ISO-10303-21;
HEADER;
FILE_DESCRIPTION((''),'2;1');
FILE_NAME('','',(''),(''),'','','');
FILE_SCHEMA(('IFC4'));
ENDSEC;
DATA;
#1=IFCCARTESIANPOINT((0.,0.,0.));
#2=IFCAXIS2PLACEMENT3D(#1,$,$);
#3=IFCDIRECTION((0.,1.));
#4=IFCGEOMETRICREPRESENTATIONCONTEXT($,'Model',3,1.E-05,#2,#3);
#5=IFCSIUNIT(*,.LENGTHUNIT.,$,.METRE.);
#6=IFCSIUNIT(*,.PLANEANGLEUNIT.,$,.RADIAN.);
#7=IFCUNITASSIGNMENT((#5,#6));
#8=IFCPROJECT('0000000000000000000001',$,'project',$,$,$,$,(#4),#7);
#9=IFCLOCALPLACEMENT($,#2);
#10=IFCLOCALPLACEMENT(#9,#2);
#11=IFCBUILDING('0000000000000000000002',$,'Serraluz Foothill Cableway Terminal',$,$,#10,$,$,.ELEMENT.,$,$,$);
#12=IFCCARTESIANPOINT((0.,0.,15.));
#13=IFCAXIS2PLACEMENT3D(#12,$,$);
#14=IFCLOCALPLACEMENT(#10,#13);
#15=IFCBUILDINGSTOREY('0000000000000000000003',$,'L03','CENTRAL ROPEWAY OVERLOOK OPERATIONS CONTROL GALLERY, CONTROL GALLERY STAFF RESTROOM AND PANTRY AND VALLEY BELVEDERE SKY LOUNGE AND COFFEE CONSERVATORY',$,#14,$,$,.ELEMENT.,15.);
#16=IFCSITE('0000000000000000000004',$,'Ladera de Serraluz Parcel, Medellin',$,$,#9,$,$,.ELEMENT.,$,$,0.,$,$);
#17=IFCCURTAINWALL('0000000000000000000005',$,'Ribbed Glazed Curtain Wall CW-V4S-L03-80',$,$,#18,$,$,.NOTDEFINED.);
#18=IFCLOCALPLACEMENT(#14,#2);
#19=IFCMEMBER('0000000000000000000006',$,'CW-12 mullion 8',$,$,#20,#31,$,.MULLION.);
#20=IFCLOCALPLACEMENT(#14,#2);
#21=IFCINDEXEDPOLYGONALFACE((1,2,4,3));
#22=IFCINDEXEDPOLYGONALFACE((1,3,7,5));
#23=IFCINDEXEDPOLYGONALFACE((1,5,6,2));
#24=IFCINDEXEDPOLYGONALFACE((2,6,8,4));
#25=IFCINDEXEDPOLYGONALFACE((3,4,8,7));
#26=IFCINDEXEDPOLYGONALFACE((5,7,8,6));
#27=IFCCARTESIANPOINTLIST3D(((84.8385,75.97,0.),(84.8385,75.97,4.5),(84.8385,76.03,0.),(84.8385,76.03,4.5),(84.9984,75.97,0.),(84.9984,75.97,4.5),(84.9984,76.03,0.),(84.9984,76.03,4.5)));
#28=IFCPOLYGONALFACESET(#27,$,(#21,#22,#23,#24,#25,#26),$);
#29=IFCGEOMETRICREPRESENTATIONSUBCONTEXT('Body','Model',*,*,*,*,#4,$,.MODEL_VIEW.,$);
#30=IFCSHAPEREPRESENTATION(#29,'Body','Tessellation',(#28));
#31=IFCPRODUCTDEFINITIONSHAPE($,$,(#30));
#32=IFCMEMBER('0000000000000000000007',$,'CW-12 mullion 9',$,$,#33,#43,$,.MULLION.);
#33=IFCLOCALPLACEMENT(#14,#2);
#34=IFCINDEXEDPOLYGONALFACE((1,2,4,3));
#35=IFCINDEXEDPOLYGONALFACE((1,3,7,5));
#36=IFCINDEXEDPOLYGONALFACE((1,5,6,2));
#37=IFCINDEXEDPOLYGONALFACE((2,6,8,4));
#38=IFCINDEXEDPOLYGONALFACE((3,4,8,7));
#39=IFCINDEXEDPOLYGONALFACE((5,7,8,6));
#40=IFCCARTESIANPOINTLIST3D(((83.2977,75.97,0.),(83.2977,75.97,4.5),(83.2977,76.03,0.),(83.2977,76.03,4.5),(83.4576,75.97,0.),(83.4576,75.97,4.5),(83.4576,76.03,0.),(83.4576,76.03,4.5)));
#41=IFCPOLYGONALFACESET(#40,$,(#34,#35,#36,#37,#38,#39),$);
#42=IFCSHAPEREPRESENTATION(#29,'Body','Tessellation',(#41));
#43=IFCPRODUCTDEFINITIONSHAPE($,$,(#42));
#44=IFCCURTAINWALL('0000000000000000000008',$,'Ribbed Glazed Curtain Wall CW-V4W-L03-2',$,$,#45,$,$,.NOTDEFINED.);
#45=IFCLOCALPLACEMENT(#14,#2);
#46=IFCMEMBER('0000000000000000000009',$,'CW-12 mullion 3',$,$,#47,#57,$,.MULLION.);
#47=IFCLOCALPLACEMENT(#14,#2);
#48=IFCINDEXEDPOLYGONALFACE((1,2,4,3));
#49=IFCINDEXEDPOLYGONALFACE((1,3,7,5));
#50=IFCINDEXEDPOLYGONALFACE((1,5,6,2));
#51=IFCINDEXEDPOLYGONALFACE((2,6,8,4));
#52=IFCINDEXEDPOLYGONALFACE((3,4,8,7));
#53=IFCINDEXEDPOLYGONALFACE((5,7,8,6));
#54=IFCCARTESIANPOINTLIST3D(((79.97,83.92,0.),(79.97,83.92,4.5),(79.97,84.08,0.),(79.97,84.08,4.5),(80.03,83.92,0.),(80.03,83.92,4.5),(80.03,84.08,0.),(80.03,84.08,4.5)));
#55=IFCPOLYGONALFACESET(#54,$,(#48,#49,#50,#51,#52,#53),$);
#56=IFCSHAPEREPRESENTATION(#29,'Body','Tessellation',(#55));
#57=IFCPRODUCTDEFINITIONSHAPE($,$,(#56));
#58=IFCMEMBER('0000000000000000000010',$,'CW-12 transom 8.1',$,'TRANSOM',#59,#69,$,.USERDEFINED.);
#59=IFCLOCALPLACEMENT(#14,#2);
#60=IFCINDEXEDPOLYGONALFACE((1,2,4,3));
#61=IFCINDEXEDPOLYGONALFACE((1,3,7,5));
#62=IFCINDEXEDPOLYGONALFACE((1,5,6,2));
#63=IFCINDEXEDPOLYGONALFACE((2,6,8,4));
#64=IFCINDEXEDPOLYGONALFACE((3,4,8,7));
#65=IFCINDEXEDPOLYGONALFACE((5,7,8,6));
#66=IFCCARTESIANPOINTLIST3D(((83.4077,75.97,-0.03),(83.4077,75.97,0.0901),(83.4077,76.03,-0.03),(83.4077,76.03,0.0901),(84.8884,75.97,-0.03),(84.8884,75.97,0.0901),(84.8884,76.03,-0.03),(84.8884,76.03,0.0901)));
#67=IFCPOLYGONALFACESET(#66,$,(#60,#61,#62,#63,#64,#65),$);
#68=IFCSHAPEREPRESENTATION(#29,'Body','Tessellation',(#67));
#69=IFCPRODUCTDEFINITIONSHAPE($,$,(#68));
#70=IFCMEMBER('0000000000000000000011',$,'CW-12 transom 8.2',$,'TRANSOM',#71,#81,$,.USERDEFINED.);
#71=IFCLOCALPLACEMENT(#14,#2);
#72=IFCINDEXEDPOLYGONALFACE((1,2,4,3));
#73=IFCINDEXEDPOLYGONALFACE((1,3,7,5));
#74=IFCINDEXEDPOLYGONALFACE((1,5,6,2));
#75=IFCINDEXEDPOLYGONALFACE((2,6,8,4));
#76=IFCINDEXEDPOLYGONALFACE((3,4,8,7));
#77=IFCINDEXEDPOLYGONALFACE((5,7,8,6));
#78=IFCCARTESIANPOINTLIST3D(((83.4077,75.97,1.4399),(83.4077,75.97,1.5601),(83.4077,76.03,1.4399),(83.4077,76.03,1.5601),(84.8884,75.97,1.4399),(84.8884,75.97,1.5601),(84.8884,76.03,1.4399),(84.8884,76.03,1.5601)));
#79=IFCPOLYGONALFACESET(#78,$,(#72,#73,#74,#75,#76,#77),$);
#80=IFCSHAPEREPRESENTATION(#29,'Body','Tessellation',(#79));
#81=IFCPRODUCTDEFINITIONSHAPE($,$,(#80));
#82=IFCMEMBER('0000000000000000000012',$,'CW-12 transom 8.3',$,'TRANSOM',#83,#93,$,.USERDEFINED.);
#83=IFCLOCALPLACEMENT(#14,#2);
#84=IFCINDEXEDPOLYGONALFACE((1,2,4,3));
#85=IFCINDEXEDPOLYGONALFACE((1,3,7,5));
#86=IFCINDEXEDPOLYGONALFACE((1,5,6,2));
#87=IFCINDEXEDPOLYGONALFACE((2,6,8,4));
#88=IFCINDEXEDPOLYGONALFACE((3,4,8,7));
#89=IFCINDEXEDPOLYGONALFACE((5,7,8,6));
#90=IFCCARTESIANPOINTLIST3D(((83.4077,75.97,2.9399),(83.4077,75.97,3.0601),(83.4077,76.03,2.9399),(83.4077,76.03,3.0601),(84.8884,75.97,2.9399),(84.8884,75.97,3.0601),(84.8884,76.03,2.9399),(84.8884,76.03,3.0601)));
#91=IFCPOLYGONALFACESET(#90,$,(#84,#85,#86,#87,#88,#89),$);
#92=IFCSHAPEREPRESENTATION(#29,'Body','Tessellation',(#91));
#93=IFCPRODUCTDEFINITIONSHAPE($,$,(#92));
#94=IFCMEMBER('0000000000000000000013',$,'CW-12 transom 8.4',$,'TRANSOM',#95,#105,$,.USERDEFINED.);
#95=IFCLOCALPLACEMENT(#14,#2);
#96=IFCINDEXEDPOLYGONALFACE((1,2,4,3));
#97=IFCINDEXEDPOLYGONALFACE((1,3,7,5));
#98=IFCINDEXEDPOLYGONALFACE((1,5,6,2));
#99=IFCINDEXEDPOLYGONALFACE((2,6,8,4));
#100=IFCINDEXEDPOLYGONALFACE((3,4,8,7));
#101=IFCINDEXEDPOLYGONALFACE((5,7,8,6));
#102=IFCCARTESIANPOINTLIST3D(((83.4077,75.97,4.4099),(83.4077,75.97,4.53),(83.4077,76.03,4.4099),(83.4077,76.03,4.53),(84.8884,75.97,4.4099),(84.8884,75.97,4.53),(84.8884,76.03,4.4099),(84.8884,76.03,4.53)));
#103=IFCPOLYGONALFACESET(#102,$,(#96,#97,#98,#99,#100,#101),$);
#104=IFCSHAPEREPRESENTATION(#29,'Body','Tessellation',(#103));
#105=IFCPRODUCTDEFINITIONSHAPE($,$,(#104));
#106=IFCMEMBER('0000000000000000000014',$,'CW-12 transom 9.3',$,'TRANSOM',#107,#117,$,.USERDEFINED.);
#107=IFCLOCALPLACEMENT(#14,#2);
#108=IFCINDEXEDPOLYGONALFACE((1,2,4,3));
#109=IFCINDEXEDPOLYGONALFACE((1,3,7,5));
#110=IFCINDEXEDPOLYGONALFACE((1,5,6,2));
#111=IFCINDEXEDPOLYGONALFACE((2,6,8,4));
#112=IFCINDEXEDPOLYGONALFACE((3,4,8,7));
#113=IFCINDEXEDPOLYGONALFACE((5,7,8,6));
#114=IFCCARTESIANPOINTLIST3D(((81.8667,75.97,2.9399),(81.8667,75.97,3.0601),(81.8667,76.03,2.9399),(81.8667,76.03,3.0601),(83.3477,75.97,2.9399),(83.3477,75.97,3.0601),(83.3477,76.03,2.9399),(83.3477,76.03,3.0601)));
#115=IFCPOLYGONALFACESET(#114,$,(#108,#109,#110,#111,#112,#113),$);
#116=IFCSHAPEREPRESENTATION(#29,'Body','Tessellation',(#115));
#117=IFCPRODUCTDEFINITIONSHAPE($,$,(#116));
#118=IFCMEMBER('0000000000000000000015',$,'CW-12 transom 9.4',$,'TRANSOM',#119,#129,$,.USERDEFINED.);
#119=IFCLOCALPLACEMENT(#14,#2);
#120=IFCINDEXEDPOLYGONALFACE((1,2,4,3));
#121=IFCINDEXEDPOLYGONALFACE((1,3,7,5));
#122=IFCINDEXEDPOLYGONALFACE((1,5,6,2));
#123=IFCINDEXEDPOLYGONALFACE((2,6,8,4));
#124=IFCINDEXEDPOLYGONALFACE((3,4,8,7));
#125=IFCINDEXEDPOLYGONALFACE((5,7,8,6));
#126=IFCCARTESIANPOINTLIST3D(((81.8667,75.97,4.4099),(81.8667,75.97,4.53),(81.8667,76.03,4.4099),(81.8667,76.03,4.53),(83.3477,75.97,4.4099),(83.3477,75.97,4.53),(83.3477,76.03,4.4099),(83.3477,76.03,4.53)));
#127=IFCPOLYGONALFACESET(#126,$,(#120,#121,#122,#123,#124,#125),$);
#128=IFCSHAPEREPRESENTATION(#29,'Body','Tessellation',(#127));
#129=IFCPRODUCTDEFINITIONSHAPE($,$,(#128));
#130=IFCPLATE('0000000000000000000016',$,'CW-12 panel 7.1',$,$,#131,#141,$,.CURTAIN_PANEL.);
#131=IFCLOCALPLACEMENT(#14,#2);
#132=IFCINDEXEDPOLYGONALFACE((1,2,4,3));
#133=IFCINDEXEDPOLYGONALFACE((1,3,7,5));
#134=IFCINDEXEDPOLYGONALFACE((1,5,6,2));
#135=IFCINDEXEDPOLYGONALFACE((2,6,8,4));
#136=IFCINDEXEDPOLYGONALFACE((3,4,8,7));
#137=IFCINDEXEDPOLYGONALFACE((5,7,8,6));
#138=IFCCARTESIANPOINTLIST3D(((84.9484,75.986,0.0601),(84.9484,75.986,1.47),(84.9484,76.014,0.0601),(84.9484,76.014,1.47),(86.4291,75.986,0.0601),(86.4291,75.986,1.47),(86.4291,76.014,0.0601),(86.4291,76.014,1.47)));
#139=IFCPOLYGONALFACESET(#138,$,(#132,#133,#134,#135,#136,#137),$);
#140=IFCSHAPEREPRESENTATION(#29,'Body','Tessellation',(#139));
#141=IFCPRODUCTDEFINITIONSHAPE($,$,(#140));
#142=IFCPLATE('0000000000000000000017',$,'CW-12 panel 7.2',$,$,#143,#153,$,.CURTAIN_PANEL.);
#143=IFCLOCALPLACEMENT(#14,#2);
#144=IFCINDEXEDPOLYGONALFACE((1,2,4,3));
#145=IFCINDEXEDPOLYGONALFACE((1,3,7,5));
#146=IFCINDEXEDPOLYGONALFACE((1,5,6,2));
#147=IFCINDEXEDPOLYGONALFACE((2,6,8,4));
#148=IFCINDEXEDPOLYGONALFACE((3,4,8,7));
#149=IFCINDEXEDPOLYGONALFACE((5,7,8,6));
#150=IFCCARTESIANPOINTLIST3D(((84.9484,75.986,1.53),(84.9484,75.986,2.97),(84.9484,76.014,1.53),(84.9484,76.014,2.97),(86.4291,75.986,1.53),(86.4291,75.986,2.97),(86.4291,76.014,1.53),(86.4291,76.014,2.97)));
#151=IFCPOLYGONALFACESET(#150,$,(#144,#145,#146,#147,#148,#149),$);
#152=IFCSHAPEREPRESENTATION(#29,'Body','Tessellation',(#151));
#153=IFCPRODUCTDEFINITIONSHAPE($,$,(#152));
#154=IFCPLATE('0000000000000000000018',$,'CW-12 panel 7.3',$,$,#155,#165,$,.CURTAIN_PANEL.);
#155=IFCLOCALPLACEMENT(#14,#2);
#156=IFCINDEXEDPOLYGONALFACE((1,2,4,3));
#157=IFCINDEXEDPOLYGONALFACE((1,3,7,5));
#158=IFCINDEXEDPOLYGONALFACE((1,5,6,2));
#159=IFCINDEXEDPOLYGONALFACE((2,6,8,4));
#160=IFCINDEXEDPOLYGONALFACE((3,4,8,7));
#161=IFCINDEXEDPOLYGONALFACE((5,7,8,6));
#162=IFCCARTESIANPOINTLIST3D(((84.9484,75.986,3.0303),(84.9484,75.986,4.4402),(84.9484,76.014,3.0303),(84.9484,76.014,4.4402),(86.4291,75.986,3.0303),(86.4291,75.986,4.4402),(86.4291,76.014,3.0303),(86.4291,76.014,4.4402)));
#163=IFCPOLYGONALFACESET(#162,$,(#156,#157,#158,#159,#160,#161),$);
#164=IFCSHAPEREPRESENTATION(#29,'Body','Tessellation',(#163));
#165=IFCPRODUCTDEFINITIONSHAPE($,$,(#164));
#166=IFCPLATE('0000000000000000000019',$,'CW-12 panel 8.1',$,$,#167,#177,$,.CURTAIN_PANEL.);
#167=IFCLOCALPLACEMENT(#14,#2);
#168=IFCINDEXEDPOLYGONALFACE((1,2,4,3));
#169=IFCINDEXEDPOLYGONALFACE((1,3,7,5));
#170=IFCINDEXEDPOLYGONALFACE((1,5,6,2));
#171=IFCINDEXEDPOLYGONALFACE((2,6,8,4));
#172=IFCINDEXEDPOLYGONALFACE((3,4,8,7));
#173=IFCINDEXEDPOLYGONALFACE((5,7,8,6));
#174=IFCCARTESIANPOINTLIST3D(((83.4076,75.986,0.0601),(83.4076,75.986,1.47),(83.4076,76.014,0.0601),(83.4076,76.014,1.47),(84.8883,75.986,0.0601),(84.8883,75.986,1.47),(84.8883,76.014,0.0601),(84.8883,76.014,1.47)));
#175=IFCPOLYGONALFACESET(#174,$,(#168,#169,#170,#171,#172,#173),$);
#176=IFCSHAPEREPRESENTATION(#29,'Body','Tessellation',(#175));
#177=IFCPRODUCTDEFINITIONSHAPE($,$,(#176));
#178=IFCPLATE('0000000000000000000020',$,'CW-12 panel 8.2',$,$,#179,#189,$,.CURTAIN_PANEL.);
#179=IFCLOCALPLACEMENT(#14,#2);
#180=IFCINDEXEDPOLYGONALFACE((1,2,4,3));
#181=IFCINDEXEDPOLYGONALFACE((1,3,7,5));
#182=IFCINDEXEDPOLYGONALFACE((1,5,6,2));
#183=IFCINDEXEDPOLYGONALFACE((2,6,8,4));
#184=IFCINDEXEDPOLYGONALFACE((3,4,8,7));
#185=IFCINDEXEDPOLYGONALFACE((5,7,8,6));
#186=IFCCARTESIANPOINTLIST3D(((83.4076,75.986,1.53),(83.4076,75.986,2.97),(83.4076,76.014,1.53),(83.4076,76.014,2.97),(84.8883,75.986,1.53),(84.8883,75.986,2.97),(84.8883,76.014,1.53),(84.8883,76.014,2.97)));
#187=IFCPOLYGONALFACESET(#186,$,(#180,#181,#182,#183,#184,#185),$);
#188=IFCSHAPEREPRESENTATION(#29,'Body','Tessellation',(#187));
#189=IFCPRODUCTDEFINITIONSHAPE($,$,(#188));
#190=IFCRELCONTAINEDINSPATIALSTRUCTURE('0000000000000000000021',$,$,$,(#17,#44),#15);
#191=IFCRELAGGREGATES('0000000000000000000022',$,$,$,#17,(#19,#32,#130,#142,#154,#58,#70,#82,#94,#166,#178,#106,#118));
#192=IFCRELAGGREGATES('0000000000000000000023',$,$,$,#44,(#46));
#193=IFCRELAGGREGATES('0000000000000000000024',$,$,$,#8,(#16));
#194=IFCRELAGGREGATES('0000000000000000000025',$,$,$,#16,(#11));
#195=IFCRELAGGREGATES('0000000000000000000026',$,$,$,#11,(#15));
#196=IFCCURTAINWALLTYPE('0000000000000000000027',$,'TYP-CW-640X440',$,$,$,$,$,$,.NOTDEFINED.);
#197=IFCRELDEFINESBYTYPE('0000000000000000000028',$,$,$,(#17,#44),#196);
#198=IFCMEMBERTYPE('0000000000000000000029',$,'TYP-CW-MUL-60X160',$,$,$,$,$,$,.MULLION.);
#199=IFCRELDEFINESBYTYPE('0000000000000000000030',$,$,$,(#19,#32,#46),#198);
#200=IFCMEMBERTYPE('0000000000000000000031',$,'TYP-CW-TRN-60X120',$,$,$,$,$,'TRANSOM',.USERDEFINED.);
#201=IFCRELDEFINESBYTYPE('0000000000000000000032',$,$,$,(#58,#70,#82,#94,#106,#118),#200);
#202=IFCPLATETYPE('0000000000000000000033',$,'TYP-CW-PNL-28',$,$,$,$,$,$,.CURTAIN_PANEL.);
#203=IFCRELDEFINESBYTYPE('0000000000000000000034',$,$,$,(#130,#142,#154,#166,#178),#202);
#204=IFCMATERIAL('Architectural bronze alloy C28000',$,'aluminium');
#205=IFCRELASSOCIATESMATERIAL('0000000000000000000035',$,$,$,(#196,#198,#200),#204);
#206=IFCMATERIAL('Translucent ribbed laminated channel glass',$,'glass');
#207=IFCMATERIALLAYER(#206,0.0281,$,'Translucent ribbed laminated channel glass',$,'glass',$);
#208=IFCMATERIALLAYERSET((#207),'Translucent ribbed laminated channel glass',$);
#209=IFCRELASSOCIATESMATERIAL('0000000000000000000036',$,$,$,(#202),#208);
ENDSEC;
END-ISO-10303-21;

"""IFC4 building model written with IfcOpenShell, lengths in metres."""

from ifc_helpers import new_model, si_unit, direction, frame, origin, origin_2d, place, context, subcontext, project, spatial, rectangle, extrude, material, layer, layer_set, material_profile, profile_set, type_object, element, aggregate, save


model = new_model("IFC4")

# Units and contexts
model_context = context("Model", 3, precision=1e-05, world=origin(), true_north=direction((0.0, 1.0)))
body_context = subcontext(model_context, "Body", "Model", "MODEL_VIEW")
ifc_project = project(units=[si_unit("LENGTHUNIT", "METRE"), si_unit("PLANEANGLEUNIT", "RADIAN")], contexts=[model_context])

# Site, building, storey
site_placement = place(None, origin())
site = spatial("IfcSite", under=ifc_project, at=site_placement, Name="Ladera de Serraluz Parcel, Medellin", CompositionType="ELEMENT", RefElevation=0.0)
building_placement = place(site_placement, origin())
building = spatial("IfcBuilding", under=site, at=building_placement, Name="Serraluz Foothill Cableway Terminal", CompositionType="ELEMENT")
storey_placement = place(building_placement, frame((0.0, 0.0, 15.0)))
storey = spatial("IfcBuildingStorey", under=building, at=storey_placement, Name="L03", Description="CENTRAL ROPEWAY OVERLOOK OPERATIONS CONTROL GALLERY, CONTROL GALLERY STAFF RESTROOM AND PANTRY AND VALLEY BELVEDERE SKY LOUNGE AND COFFEE CONSERVATORY", CompositionType="ELEMENT", Elevation=15.0)

# Curtain wall, members
ifc_material_1 = material(Name="Architectural bronze alloy C28000", Category="aluminium")
curtain_wall_type = type_object("IfcCurtainWallType", Name="TYP-CW-640X440", PredefinedType="NOTDEFINED", material=ifc_material_1)
curtain_wall_1_placement = place(storey_placement, origin())
curtain_wall_1 = element("IfcCurtainWall", 1, at=curtain_wall_1_placement, inside=storey, type_object=curtain_wall_type, Name="Ribbed Glazed Curtain Wall CW-V4S-L03-80", PredefinedType="NOTDEFINED")
ifc_material_profile_1 = material_profile(ifc_material_1, rectangle(XDim=0.0601, YDim=0.1599, at=origin_2d()), Name="ALU MULLION 60x160")
ifc_profile_set_1 = profile_set([ifc_material_profile_1], Name="Architectural bronze alloy C28000")
member_type_1 = type_object("IfcMemberType", Name="TYP-CW-MUL-60X160", PredefinedType="MULLION", material=ifc_profile_set_1)
member_1_placement = place(storey_placement, frame((84.9185, 76.0, 0.0), z_axis=(0.0, 0.0, 1.0), x_axis=(0.0, -1.0, 0.0)))
member_1 = element("IfcMember", 2, at=member_1_placement, type_object=member_type_1, Name="CW-12 mullion 8", PredefinedType="MULLION", context=body_context, shape_type="SweptSolid", body=[
    extrude(rectangle(XDim=0.0601, YDim=0.1599, at=origin_2d()), origin(), (0.0, 0.0, 1.0), 4.5),
])
member_2_placement = place(storey_placement, frame((83.3777, 76.0, 0.0), z_axis=(0.0, 0.0, 1.0), x_axis=(0.0, -1.0, 0.0)))
member_2 = element("IfcMember", 3, at=member_2_placement, type_object=member_type_1, Name="CW-12 mullion 9", PredefinedType="MULLION", context=body_context, shape_type="SweptSolid", body=[
    extrude(rectangle(XDim=0.0601, YDim=0.1599, at=origin_2d()), origin(), (0.0, 0.0, 1.0), 4.5),
])

# Curtain wall, member
curtain_wall_2_placement = place(storey_placement, origin())
curtain_wall_2 = element("IfcCurtainWall", 4, at=curtain_wall_2_placement, inside=storey, type_object=curtain_wall_type, Name="Ribbed Glazed Curtain Wall CW-V4W-L03-2", PredefinedType="NOTDEFINED")
member_3_placement = place(storey_placement, frame((80.0, 84.0, 0.0), z_axis=(0.0, 0.0, 1.0), x_axis=(-1.0, 0.0, 0.0)))
member_3 = element("IfcMember", 5, at=member_3_placement, type_object=member_type_1, Name="CW-12 mullion 3", PredefinedType="MULLION", context=body_context, shape_type="SweptSolid", body=[
    extrude(rectangle(XDim=0.0601, YDim=0.1599, at=origin_2d()), origin(), (0.0, 0.0, 1.0), 4.5),
])

# Members
ifc_material_profile_2 = material_profile(ifc_material_1, rectangle(XDim=0.0601, YDim=0.1201, at=origin_2d()), Name="ALU TRANSOM 60x120")
ifc_profile_set_2 = profile_set([ifc_material_profile_2], Name="Architectural bronze alloy C28000")
member_type_2 = type_object("IfcMemberType", Name="TYP-CW-TRN-60X120", ElementType="TRANSOM", PredefinedType="USERDEFINED", material=ifc_profile_set_2)
member_4_placement = place(storey_placement, frame((84.8884, 76.0, 0.03), z_axis=(-1.0, 0.0, 0.0), x_axis=(0.0, -1.0, 0.0)))
member_4 = element("IfcMember", 6, at=member_4_placement, type_object=member_type_2, Name="CW-12 transom 8.1", ObjectType="TRANSOM", PredefinedType="USERDEFINED", context=body_context, shape_type="SweptSolid", body=[
    extrude(rectangle(XDim=0.0601, YDim=0.1201, at=origin_2d()), origin(), (0.0, 0.0, 1.0), 1.4807),
])
member_5_placement = place(storey_placement, frame((84.8884, 76.0, 1.5), z_axis=(-1.0, 0.0, 0.0), x_axis=(0.0, -1.0, 0.0)))
member_5 = element("IfcMember", 7, at=member_5_placement, type_object=member_type_2, Name="CW-12 transom 8.2", ObjectType="TRANSOM", PredefinedType="USERDEFINED", context=body_context, shape_type="SweptSolid", body=[
    extrude(rectangle(XDim=0.0601, YDim=0.1201, at=origin_2d()), origin(), (0.0, 0.0, 1.0), 1.4807),
])
member_6_placement = place(storey_placement, frame((84.8884, 76.0, 3.0), z_axis=(-1.0, 0.0, 0.0), x_axis=(0.0, -1.0, 0.0)))
member_6 = element("IfcMember", 8, at=member_6_placement, type_object=member_type_2, Name="CW-12 transom 8.3", ObjectType="TRANSOM", PredefinedType="USERDEFINED", context=body_context, shape_type="SweptSolid", body=[
    extrude(rectangle(XDim=0.0601, YDim=0.1201, at=origin_2d()), origin(), (0.0, 0.0, 1.0), 1.4807),
])
member_7_placement = place(storey_placement, frame((84.8884, 76.0, 4.47), z_axis=(-1.0, 0.0, 0.0), x_axis=(0.0, -1.0, 0.0)))
member_7 = element("IfcMember", 9, at=member_7_placement, type_object=member_type_2, Name="CW-12 transom 8.4", ObjectType="TRANSOM", PredefinedType="USERDEFINED", context=body_context, shape_type="SweptSolid", body=[
    extrude(rectangle(XDim=0.0601, YDim=0.1201, at=origin_2d()), origin(), (0.0, 0.0, 1.0), 1.4807),
])
member_8_placement = place(storey_placement, frame((83.3477, 76.0, 3.0), z_axis=(-1.0, 0.0, 0.0), x_axis=(0.0, -1.0, 0.0)))
member_8 = element("IfcMember", 10, at=member_8_placement, type_object=member_type_2, Name="CW-12 transom 9.3", ObjectType="TRANSOM", PredefinedType="USERDEFINED", context=body_context, shape_type="SweptSolid", body=[
    extrude(rectangle(XDim=0.0601, YDim=0.1201, at=origin_2d()), origin(), (0.0, 0.0, 1.0), 1.481),
])
member_9_placement = place(storey_placement, frame((83.3477, 76.0, 4.47), z_axis=(-1.0, 0.0, 0.0), x_axis=(0.0, -1.0, 0.0)))
member_9 = element("IfcMember", 11, at=member_9_placement, type_object=member_type_2, Name="CW-12 transom 9.4", ObjectType="TRANSOM", PredefinedType="USERDEFINED", context=body_context, shape_type="SweptSolid", body=[
    extrude(rectangle(XDim=0.0601, YDim=0.1201, at=origin_2d()), origin(), (0.0, 0.0, 1.0), 1.481),
])

# Plates
ifc_material_2 = material(Name="Translucent ribbed laminated channel glass", Category="glass")
ifc_layer_1 = layer(ifc_material_2, 0.0281, Name="Translucent ribbed laminated channel glass", Category="glass")
ifc_layer_set_1 = layer_set([ifc_layer_1], Name="Translucent ribbed laminated channel glass")
plate_type = type_object("IfcPlateType", Name="TYP-CW-PNL-28", PredefinedType="CURTAIN_PANEL", material=ifc_layer_set_1)
plate_1_placement = place(storey_placement, frame((85.6887, 76.0, 0.0601), z_axis=(0.0, 0.0, 1.0), x_axis=(-1.0, 0.0, 0.0)))
plate_1 = element("IfcPlate", 12, at=plate_1_placement, type_object=plate_type, Name="CW-12 panel 7.1", PredefinedType="CURTAIN_PANEL", context=body_context, shape_type="SweptSolid", body=[
    extrude(rectangle(XDim=1.4807, YDim=0.0281, at=origin_2d()), origin(), (0.0, 0.0, 1.0), 1.4099),
])
plate_2_placement = place(storey_placement, frame((85.6887, 76.0, 1.53), z_axis=(0.0, 0.0, 1.0), x_axis=(-1.0, 0.0, 0.0)))
plate_2 = element("IfcPlate", 13, at=plate_2_placement, type_object=plate_type, Name="CW-12 panel 7.2", PredefinedType="CURTAIN_PANEL", context=body_context, shape_type="SweptSolid", body=[
    extrude(rectangle(XDim=1.4807, YDim=0.0281, at=origin_2d()), origin(), (0.0, 0.0, 1.0), 1.4399),
])
plate_3_placement = place(storey_placement, frame((85.6887, 76.0, 3.0303), z_axis=(0.0, 0.0, 1.0), x_axis=(-1.0, 0.0, 0.0)))
plate_3 = element("IfcPlate", 14, at=plate_3_placement, type_object=plate_type, Name="CW-12 panel 7.3", PredefinedType="CURTAIN_PANEL", context=body_context, shape_type="SweptSolid", body=[
    extrude(rectangle(XDim=1.4807, YDim=0.0281, at=origin_2d()), origin(), (0.0, 0.0, 1.0), 1.4099),
])
plate_4_placement = place(storey_placement, frame((84.1479, 76.0, 0.0601), z_axis=(0.0, 0.0, 1.0), x_axis=(-1.0, 0.0, 0.0)))
plate_4 = element("IfcPlate", 15, at=plate_4_placement, type_object=plate_type, Name="CW-12 panel 8.1", PredefinedType="CURTAIN_PANEL", context=body_context, shape_type="SweptSolid", body=[
    extrude(rectangle(XDim=1.4807, YDim=0.0281, at=origin_2d()), origin(), (0.0, 0.0, 1.0), 1.4099),
])
plate_5_placement = place(storey_placement, frame((84.1479, 76.0, 1.53), z_axis=(0.0, 0.0, 1.0), x_axis=(-1.0, 0.0, 0.0)))
plate_5 = element("IfcPlate", 16, at=plate_5_placement, type_object=plate_type, Name="CW-12 panel 8.2", PredefinedType="CURTAIN_PANEL", context=body_context, shape_type="SweptSolid", body=[
    extrude(rectangle(XDim=1.4807, YDim=0.0281, at=origin_2d()), origin(), (0.0, 0.0, 1.0), 1.4399),
])
aggregate(curtain_wall_1, [member_1, member_2, plate_1, plate_2, plate_3, member_4, member_5, member_6, member_7, plate_4, plate_5, member_8, member_9])
aggregate(curtain_wall_2, [member_3])

save(model, "model.ifc")
